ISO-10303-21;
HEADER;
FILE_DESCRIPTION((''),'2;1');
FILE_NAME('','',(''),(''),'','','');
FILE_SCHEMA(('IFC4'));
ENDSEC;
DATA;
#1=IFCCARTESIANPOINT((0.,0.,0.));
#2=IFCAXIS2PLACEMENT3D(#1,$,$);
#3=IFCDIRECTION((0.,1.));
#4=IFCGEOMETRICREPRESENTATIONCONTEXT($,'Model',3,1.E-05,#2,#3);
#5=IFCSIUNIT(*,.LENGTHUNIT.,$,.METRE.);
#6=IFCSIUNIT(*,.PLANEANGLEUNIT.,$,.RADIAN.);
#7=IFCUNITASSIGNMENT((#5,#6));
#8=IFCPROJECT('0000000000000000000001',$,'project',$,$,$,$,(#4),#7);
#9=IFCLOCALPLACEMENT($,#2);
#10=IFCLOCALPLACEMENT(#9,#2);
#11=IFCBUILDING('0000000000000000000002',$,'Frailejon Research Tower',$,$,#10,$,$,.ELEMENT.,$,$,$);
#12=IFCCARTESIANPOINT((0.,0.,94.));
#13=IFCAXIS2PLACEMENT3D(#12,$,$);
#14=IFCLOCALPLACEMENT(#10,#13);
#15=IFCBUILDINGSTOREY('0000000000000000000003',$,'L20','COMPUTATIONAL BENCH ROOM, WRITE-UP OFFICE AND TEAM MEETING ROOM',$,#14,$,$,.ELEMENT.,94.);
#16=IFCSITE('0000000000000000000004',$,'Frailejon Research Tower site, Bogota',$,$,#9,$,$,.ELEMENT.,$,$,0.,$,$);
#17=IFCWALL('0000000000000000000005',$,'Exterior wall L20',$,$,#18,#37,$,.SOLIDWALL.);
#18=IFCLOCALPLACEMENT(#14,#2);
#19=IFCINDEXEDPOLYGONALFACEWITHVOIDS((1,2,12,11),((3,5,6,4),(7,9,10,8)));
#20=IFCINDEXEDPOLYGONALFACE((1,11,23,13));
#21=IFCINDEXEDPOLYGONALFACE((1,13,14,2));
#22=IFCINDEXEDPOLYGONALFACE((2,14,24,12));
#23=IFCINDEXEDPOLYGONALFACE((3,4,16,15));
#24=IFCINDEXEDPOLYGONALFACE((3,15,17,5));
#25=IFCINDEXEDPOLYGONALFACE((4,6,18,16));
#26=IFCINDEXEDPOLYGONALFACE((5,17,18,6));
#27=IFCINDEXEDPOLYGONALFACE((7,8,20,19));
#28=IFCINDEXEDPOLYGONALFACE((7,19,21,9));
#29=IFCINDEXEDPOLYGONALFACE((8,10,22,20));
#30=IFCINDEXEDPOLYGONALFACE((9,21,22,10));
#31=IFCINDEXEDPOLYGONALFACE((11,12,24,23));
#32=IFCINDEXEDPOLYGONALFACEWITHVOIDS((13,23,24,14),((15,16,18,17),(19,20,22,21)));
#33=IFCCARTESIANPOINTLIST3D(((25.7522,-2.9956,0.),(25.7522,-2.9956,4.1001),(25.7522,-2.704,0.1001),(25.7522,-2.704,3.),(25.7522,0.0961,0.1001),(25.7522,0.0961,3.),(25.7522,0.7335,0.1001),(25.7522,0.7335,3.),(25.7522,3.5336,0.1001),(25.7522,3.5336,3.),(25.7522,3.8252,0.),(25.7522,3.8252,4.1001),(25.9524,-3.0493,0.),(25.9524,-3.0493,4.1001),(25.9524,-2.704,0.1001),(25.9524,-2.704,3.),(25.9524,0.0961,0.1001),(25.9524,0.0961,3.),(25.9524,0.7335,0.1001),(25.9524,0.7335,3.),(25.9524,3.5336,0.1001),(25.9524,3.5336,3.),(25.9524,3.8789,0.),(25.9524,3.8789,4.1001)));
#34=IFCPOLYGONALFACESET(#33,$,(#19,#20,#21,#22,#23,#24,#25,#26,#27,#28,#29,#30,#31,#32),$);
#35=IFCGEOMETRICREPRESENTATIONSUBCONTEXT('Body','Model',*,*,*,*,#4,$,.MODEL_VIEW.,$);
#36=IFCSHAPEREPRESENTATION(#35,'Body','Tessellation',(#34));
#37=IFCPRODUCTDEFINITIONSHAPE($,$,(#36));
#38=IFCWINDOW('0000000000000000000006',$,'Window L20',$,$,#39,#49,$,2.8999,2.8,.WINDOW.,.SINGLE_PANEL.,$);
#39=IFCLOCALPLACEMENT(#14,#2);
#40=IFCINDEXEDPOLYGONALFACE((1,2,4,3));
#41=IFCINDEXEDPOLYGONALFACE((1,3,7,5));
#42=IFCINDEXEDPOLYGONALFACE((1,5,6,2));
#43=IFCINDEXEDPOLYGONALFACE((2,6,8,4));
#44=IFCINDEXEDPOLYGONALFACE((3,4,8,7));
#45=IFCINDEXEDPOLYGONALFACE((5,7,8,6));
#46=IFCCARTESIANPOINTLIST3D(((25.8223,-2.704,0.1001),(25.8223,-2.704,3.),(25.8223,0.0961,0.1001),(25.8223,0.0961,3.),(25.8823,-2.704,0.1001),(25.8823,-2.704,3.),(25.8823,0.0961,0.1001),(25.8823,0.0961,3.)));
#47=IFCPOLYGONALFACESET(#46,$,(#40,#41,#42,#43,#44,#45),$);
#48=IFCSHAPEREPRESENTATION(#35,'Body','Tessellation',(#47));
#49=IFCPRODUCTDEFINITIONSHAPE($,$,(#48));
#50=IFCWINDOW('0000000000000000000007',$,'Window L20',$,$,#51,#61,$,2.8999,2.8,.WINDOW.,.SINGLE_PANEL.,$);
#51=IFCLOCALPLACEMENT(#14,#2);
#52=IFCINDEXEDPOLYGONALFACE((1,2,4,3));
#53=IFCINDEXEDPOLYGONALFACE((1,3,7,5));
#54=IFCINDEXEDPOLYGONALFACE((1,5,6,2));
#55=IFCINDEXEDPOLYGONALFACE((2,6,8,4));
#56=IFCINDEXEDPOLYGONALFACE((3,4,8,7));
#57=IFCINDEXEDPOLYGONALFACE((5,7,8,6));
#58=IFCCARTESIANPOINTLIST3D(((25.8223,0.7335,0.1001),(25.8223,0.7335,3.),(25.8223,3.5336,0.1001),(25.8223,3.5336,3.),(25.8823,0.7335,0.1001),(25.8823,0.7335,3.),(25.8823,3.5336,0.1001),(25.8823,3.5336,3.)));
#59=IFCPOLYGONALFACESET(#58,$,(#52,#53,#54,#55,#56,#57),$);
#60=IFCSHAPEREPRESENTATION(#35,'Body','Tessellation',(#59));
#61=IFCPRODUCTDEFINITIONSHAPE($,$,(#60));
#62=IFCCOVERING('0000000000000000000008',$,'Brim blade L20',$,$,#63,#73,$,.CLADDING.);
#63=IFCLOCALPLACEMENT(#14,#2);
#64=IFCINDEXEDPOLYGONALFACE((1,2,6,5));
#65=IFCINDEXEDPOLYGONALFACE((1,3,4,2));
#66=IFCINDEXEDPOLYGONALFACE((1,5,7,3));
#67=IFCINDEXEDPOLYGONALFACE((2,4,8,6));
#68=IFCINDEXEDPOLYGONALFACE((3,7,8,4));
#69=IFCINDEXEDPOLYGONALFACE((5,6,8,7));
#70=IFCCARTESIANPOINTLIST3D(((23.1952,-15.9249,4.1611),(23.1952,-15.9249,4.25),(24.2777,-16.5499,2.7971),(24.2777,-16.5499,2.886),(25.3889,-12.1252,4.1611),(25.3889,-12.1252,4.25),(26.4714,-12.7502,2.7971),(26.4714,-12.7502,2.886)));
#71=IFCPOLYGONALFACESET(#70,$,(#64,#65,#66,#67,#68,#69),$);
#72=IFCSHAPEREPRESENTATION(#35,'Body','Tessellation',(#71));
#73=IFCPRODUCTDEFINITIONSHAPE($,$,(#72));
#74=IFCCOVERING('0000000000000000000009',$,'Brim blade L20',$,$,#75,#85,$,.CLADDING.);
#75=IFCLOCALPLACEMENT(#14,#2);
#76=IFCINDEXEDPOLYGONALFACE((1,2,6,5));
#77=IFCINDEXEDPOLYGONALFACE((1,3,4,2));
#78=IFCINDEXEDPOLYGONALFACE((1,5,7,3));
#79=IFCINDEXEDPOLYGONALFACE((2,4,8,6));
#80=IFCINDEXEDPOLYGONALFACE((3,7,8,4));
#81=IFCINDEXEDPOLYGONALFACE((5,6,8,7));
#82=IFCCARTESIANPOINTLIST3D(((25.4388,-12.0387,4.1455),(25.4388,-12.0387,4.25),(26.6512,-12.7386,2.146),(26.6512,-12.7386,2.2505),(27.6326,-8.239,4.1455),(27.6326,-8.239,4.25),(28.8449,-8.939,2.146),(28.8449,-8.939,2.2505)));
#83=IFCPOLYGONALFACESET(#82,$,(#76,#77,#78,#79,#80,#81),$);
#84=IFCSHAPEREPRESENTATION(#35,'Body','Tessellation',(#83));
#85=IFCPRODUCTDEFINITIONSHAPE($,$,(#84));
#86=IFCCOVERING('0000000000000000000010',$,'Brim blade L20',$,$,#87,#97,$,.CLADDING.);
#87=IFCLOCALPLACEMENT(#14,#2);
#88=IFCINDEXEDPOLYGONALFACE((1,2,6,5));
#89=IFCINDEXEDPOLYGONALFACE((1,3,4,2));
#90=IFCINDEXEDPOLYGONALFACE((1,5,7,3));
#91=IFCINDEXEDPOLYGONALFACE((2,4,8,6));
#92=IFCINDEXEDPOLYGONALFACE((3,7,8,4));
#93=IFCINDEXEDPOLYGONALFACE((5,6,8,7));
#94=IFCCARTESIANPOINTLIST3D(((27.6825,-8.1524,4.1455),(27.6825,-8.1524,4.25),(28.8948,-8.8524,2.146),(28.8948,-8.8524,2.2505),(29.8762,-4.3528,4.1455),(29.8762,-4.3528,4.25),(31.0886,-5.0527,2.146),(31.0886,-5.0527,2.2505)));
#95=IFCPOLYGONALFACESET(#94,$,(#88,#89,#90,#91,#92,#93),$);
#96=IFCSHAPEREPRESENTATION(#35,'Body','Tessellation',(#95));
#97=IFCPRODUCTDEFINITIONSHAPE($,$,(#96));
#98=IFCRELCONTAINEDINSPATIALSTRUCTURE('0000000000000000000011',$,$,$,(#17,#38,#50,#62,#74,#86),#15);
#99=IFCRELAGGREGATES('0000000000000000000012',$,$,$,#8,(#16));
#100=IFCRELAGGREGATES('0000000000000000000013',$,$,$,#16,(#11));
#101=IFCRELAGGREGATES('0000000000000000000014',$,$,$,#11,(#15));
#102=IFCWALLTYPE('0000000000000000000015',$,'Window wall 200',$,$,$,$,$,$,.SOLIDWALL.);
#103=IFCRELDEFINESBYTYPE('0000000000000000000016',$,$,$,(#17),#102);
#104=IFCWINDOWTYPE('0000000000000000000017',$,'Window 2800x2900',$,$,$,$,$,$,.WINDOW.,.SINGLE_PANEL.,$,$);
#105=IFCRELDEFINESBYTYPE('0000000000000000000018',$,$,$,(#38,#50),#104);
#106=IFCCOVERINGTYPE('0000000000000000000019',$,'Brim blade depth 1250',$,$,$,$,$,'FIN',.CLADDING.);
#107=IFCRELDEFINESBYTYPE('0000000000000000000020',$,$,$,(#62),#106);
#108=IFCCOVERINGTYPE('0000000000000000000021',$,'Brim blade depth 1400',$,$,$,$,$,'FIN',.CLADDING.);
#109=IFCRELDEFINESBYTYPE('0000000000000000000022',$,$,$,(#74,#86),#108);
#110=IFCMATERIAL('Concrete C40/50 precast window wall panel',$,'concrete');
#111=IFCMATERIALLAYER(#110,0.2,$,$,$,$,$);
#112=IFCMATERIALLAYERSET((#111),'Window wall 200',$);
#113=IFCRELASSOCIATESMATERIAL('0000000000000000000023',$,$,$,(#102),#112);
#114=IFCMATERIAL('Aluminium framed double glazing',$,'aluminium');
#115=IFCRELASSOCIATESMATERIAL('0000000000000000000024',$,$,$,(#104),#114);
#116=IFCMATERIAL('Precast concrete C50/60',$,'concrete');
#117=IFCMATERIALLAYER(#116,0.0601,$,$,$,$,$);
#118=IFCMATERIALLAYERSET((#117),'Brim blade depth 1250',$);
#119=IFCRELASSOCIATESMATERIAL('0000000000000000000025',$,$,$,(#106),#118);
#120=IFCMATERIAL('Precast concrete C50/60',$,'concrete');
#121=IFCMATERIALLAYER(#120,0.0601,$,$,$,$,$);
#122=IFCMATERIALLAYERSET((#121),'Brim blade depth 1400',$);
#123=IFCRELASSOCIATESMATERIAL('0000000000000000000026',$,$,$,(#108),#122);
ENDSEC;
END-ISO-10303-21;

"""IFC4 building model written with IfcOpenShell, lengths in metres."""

from ifc_helpers import new_model, si_unit, direction, frame, frame_2d, origin, place, context, subcontext, project, spatial, polyline, rectangle, outline, extrude, material, layer, layer_set, type_object, element, fill, save


model = new_model("IFC4")

# Units and contexts
model_context = context("Model", 3, precision=1e-05, world=origin(), true_north=direction((0.0, 1.0)))
body_context = subcontext(model_context, "Body", "Model", "MODEL_VIEW")
ifc_project = project(units=[si_unit("LENGTHUNIT", "METRE"), si_unit("PLANEANGLEUNIT", "RADIAN")], contexts=[model_context])

# Site, building, storey
site_placement = place(None, origin())
site = spatial("IfcSite", under=ifc_project, at=site_placement, Name="Frailejon Research Tower site, Bogota", CompositionType="ELEMENT", RefElevation=0.0)
building_placement = place(site_placement, origin())
building = spatial("IfcBuilding", under=site, at=building_placement, Name="Frailejon Research Tower", CompositionType="ELEMENT")
storey_placement = place(building_placement, frame((0.0, 0.0, 94.0)))
storey = spatial("IfcBuildingStorey", under=building, at=storey_placement, Name="L20", Description="COMPUTATIONAL BENCH ROOM, WRITE-UP OFFICE AND TEAM MEETING ROOM", CompositionType="ELEMENT", Elevation=94.0)

# Wall, openings, windows
ifc_material_1 = material(Name="Concrete C40/50 precast window wall panel", Category="concrete")
ifc_layer_1 = layer(ifc_material_1, 0.2)
ifc_layer_set_1 = layer_set([ifc_layer_1], Name="Window wall 200")
wall_type_1 = type_object("IfcWallType", Name="Window wall 200", PredefinedType="SOLIDWALL", material=ifc_layer_set_1)
wall_1_placement = place(storey_placement, frame((25.8523, -3.0225, 0.0), z_axis=(0.0, 0.0, 1.0), x_axis=(0.0, 1.0, 0.0)))
wall_1 = element("IfcWall", 1, at=wall_1_placement, inside=storey, type_object=wall_type_1, Name="Exterior wall L20", PredefinedType="SOLIDWALL", context=body_context, shape_type="SweptSolid", body=[
    extrude(outline(polyline([(-0.0269, -0.1001), (1.1279, -0.1001), (2.2825, -0.1001), (3.4373, -0.1001), (4.592, -0.1001), (5.7466, -0.1001), (6.9014, -0.1001), (6.8477, 0.1001), (5.7109, 0.1001), (4.574, 0.1001), (3.4373, 0.1001), (2.3005, 0.1001), (1.1636, 0.1001), (0.0269, 0.1001), (-0.0269, -0.1001)])), origin(), (0.0, 0.0, 1.0), 4.1001),
])
opening_1_placement = place(wall_1_placement, frame((0.3186, 0.0, 0.1001)))
opening_1 = element("IfcOpeningElement", 2, at=opening_1_placement, cuts=wall_1, PredefinedType="OPENING", context=body_context, shape_type="SweptSolid", body=[
    extrude(rectangle(XDim=2.8, YDim=2.8999, at=frame_2d((1.3999, 1.45))), frame((0.0, 0.1099, 0.0), z_axis=(0.0, -1.0, 0.0), x_axis=(1.0, 0.0, 0.0)), (0.0, 0.0, 1.0), 0.22),
])
opening_2_placement = place(wall_1_placement, frame((3.7561, 0.0, 0.1001)))
opening_2 = element("IfcOpeningElement", 3, at=opening_2_placement, cuts=wall_1, PredefinedType="OPENING", context=body_context, shape_type="SweptSolid", body=[
    extrude(rectangle(XDim=2.8, YDim=2.8999, at=frame_2d((1.3999, 1.45))), frame((0.0, 0.1099, 0.0), z_axis=(0.0, -1.0, 0.0), x_axis=(1.0, 0.0, 0.0)), (0.0, 0.0, 1.0), 0.22),
])
ifc_material_2 = material(Name="Aluminium framed double glazing", Category="aluminium")
window_type = type_object("IfcWindowType", Name="Window 2800x2900", PartitioningType="SINGLE_PANEL", PredefinedType="WINDOW", material=ifc_material_2)
window_1_placement = place(opening_1_placement, origin())
window_1 = element("IfcWindow", 4, at=window_1_placement, inside=storey, type_object=window_type, Name="Window L20", OverallHeight=2.8999, OverallWidth=2.8, PartitioningType="SINGLE_PANEL", PredefinedType="WINDOW", context=body_context, shape_type="SweptSolid", body=[
    extrude(rectangle(XDim=2.8, YDim=2.8999, at=frame_2d((1.3999, 1.45))), frame((0.0, 0.03, 0.0), z_axis=(0.0, -1.0, 0.0), x_axis=(1.0, 0.0, 0.0)), (0.0, 0.0, 1.0), 0.0601),
])
fill(opening_1, window_1)
window_2_placement = place(opening_2_placement, origin())
window_2 = element("IfcWindow", 5, at=window_2_placement, inside=storey, type_object=window_type, Name="Window L20", OverallHeight=2.8999, OverallWidth=2.8, PartitioningType="SINGLE_PANEL", PredefinedType="WINDOW", context=body_context, shape_type="SweptSolid", body=[
    extrude(rectangle(XDim=2.8, YDim=2.8999, at=frame_2d((1.3999, 1.45))), frame((0.0, 0.03, 0.0), z_axis=(0.0, -1.0, 0.0), x_axis=(1.0, 0.0, 0.0)), (0.0, 0.0, 1.0), 0.0601),
])
fill(opening_2, window_2)

# Coverings
ifc_material_3 = material(Name="Precast concrete C50/60", Category="concrete")
ifc_layer_2 = layer(ifc_material_3, 0.0601)
ifc_layer_set_2 = layer_set([ifc_layer_2], Name="Brim blade depth 1250")
covering_type_1 = type_object("IfcCoveringType", Name="Brim blade depth 1250", ElementType="FIN", PredefinedType="CLADDING", material=ifc_layer_set_2)
covering_placement = place(storey_placement, frame((25.3889, -12.1252, 4.25), z_axis=(-0.5, -0.866025, 0.0), x_axis=(0.866025, -0.5, 0.0)))
element("IfcCovering", 6, at=covering_placement, inside=storey, type_object=covering_type_1, Name="Brim blade L20", PredefinedType="CLADDING", context=body_context, shape_type="SweptSolid", body=[
    extrude(outline(polyline([(0.0, -0.0889), (1.25, -1.4529), (1.25, -1.364), (0.0, 0.0), (0.0, -0.0889)])), origin(), (0.0, 0.0, 1.0), 4.3875),
])
ifc_material_4 = material(Name="Precast concrete C50/60", Category="concrete")
ifc_layer_3 = layer(ifc_material_4, 0.0601)
ifc_layer_set_3 = layer_set([ifc_layer_3], Name="Brim blade depth 1400")
covering_type_2 = type_object("IfcCoveringType", Name="Brim blade depth 1400", ElementType="FIN", PredefinedType="CLADDING", material=ifc_layer_set_3)
for number, where, z_axis, x_axis, name in (
    (7, (27.6326, -8.239, 4.25), (-0.5, -0.866025, 0.0), (0.866025, -0.5, 0.0), "Brim blade L20"),
    (8, (29.8762, -4.3528, 4.25), (-0.5, -0.866025, 0.0), (0.866025, -0.5, 0.0), "Brim blade L20"),
):
    element("IfcCovering", number, at=place(storey_placement, frame(where, z_axis=z_axis, x_axis=x_axis)), inside=storey, type_object=covering_type_2, Name=name, PredefinedType="CLADDING", context=body_context, shape_type="SweptSolid", body=[
        extrude(outline(polyline([(0.0, -0.1045), (1.3999, -2.104), (1.3999, -1.9995), (0.0, 0.0), (0.0, -0.1045)])), origin(), (0.0, 0.0, 1.0), 4.3875),
    ])

save(model, "model.ifc")
